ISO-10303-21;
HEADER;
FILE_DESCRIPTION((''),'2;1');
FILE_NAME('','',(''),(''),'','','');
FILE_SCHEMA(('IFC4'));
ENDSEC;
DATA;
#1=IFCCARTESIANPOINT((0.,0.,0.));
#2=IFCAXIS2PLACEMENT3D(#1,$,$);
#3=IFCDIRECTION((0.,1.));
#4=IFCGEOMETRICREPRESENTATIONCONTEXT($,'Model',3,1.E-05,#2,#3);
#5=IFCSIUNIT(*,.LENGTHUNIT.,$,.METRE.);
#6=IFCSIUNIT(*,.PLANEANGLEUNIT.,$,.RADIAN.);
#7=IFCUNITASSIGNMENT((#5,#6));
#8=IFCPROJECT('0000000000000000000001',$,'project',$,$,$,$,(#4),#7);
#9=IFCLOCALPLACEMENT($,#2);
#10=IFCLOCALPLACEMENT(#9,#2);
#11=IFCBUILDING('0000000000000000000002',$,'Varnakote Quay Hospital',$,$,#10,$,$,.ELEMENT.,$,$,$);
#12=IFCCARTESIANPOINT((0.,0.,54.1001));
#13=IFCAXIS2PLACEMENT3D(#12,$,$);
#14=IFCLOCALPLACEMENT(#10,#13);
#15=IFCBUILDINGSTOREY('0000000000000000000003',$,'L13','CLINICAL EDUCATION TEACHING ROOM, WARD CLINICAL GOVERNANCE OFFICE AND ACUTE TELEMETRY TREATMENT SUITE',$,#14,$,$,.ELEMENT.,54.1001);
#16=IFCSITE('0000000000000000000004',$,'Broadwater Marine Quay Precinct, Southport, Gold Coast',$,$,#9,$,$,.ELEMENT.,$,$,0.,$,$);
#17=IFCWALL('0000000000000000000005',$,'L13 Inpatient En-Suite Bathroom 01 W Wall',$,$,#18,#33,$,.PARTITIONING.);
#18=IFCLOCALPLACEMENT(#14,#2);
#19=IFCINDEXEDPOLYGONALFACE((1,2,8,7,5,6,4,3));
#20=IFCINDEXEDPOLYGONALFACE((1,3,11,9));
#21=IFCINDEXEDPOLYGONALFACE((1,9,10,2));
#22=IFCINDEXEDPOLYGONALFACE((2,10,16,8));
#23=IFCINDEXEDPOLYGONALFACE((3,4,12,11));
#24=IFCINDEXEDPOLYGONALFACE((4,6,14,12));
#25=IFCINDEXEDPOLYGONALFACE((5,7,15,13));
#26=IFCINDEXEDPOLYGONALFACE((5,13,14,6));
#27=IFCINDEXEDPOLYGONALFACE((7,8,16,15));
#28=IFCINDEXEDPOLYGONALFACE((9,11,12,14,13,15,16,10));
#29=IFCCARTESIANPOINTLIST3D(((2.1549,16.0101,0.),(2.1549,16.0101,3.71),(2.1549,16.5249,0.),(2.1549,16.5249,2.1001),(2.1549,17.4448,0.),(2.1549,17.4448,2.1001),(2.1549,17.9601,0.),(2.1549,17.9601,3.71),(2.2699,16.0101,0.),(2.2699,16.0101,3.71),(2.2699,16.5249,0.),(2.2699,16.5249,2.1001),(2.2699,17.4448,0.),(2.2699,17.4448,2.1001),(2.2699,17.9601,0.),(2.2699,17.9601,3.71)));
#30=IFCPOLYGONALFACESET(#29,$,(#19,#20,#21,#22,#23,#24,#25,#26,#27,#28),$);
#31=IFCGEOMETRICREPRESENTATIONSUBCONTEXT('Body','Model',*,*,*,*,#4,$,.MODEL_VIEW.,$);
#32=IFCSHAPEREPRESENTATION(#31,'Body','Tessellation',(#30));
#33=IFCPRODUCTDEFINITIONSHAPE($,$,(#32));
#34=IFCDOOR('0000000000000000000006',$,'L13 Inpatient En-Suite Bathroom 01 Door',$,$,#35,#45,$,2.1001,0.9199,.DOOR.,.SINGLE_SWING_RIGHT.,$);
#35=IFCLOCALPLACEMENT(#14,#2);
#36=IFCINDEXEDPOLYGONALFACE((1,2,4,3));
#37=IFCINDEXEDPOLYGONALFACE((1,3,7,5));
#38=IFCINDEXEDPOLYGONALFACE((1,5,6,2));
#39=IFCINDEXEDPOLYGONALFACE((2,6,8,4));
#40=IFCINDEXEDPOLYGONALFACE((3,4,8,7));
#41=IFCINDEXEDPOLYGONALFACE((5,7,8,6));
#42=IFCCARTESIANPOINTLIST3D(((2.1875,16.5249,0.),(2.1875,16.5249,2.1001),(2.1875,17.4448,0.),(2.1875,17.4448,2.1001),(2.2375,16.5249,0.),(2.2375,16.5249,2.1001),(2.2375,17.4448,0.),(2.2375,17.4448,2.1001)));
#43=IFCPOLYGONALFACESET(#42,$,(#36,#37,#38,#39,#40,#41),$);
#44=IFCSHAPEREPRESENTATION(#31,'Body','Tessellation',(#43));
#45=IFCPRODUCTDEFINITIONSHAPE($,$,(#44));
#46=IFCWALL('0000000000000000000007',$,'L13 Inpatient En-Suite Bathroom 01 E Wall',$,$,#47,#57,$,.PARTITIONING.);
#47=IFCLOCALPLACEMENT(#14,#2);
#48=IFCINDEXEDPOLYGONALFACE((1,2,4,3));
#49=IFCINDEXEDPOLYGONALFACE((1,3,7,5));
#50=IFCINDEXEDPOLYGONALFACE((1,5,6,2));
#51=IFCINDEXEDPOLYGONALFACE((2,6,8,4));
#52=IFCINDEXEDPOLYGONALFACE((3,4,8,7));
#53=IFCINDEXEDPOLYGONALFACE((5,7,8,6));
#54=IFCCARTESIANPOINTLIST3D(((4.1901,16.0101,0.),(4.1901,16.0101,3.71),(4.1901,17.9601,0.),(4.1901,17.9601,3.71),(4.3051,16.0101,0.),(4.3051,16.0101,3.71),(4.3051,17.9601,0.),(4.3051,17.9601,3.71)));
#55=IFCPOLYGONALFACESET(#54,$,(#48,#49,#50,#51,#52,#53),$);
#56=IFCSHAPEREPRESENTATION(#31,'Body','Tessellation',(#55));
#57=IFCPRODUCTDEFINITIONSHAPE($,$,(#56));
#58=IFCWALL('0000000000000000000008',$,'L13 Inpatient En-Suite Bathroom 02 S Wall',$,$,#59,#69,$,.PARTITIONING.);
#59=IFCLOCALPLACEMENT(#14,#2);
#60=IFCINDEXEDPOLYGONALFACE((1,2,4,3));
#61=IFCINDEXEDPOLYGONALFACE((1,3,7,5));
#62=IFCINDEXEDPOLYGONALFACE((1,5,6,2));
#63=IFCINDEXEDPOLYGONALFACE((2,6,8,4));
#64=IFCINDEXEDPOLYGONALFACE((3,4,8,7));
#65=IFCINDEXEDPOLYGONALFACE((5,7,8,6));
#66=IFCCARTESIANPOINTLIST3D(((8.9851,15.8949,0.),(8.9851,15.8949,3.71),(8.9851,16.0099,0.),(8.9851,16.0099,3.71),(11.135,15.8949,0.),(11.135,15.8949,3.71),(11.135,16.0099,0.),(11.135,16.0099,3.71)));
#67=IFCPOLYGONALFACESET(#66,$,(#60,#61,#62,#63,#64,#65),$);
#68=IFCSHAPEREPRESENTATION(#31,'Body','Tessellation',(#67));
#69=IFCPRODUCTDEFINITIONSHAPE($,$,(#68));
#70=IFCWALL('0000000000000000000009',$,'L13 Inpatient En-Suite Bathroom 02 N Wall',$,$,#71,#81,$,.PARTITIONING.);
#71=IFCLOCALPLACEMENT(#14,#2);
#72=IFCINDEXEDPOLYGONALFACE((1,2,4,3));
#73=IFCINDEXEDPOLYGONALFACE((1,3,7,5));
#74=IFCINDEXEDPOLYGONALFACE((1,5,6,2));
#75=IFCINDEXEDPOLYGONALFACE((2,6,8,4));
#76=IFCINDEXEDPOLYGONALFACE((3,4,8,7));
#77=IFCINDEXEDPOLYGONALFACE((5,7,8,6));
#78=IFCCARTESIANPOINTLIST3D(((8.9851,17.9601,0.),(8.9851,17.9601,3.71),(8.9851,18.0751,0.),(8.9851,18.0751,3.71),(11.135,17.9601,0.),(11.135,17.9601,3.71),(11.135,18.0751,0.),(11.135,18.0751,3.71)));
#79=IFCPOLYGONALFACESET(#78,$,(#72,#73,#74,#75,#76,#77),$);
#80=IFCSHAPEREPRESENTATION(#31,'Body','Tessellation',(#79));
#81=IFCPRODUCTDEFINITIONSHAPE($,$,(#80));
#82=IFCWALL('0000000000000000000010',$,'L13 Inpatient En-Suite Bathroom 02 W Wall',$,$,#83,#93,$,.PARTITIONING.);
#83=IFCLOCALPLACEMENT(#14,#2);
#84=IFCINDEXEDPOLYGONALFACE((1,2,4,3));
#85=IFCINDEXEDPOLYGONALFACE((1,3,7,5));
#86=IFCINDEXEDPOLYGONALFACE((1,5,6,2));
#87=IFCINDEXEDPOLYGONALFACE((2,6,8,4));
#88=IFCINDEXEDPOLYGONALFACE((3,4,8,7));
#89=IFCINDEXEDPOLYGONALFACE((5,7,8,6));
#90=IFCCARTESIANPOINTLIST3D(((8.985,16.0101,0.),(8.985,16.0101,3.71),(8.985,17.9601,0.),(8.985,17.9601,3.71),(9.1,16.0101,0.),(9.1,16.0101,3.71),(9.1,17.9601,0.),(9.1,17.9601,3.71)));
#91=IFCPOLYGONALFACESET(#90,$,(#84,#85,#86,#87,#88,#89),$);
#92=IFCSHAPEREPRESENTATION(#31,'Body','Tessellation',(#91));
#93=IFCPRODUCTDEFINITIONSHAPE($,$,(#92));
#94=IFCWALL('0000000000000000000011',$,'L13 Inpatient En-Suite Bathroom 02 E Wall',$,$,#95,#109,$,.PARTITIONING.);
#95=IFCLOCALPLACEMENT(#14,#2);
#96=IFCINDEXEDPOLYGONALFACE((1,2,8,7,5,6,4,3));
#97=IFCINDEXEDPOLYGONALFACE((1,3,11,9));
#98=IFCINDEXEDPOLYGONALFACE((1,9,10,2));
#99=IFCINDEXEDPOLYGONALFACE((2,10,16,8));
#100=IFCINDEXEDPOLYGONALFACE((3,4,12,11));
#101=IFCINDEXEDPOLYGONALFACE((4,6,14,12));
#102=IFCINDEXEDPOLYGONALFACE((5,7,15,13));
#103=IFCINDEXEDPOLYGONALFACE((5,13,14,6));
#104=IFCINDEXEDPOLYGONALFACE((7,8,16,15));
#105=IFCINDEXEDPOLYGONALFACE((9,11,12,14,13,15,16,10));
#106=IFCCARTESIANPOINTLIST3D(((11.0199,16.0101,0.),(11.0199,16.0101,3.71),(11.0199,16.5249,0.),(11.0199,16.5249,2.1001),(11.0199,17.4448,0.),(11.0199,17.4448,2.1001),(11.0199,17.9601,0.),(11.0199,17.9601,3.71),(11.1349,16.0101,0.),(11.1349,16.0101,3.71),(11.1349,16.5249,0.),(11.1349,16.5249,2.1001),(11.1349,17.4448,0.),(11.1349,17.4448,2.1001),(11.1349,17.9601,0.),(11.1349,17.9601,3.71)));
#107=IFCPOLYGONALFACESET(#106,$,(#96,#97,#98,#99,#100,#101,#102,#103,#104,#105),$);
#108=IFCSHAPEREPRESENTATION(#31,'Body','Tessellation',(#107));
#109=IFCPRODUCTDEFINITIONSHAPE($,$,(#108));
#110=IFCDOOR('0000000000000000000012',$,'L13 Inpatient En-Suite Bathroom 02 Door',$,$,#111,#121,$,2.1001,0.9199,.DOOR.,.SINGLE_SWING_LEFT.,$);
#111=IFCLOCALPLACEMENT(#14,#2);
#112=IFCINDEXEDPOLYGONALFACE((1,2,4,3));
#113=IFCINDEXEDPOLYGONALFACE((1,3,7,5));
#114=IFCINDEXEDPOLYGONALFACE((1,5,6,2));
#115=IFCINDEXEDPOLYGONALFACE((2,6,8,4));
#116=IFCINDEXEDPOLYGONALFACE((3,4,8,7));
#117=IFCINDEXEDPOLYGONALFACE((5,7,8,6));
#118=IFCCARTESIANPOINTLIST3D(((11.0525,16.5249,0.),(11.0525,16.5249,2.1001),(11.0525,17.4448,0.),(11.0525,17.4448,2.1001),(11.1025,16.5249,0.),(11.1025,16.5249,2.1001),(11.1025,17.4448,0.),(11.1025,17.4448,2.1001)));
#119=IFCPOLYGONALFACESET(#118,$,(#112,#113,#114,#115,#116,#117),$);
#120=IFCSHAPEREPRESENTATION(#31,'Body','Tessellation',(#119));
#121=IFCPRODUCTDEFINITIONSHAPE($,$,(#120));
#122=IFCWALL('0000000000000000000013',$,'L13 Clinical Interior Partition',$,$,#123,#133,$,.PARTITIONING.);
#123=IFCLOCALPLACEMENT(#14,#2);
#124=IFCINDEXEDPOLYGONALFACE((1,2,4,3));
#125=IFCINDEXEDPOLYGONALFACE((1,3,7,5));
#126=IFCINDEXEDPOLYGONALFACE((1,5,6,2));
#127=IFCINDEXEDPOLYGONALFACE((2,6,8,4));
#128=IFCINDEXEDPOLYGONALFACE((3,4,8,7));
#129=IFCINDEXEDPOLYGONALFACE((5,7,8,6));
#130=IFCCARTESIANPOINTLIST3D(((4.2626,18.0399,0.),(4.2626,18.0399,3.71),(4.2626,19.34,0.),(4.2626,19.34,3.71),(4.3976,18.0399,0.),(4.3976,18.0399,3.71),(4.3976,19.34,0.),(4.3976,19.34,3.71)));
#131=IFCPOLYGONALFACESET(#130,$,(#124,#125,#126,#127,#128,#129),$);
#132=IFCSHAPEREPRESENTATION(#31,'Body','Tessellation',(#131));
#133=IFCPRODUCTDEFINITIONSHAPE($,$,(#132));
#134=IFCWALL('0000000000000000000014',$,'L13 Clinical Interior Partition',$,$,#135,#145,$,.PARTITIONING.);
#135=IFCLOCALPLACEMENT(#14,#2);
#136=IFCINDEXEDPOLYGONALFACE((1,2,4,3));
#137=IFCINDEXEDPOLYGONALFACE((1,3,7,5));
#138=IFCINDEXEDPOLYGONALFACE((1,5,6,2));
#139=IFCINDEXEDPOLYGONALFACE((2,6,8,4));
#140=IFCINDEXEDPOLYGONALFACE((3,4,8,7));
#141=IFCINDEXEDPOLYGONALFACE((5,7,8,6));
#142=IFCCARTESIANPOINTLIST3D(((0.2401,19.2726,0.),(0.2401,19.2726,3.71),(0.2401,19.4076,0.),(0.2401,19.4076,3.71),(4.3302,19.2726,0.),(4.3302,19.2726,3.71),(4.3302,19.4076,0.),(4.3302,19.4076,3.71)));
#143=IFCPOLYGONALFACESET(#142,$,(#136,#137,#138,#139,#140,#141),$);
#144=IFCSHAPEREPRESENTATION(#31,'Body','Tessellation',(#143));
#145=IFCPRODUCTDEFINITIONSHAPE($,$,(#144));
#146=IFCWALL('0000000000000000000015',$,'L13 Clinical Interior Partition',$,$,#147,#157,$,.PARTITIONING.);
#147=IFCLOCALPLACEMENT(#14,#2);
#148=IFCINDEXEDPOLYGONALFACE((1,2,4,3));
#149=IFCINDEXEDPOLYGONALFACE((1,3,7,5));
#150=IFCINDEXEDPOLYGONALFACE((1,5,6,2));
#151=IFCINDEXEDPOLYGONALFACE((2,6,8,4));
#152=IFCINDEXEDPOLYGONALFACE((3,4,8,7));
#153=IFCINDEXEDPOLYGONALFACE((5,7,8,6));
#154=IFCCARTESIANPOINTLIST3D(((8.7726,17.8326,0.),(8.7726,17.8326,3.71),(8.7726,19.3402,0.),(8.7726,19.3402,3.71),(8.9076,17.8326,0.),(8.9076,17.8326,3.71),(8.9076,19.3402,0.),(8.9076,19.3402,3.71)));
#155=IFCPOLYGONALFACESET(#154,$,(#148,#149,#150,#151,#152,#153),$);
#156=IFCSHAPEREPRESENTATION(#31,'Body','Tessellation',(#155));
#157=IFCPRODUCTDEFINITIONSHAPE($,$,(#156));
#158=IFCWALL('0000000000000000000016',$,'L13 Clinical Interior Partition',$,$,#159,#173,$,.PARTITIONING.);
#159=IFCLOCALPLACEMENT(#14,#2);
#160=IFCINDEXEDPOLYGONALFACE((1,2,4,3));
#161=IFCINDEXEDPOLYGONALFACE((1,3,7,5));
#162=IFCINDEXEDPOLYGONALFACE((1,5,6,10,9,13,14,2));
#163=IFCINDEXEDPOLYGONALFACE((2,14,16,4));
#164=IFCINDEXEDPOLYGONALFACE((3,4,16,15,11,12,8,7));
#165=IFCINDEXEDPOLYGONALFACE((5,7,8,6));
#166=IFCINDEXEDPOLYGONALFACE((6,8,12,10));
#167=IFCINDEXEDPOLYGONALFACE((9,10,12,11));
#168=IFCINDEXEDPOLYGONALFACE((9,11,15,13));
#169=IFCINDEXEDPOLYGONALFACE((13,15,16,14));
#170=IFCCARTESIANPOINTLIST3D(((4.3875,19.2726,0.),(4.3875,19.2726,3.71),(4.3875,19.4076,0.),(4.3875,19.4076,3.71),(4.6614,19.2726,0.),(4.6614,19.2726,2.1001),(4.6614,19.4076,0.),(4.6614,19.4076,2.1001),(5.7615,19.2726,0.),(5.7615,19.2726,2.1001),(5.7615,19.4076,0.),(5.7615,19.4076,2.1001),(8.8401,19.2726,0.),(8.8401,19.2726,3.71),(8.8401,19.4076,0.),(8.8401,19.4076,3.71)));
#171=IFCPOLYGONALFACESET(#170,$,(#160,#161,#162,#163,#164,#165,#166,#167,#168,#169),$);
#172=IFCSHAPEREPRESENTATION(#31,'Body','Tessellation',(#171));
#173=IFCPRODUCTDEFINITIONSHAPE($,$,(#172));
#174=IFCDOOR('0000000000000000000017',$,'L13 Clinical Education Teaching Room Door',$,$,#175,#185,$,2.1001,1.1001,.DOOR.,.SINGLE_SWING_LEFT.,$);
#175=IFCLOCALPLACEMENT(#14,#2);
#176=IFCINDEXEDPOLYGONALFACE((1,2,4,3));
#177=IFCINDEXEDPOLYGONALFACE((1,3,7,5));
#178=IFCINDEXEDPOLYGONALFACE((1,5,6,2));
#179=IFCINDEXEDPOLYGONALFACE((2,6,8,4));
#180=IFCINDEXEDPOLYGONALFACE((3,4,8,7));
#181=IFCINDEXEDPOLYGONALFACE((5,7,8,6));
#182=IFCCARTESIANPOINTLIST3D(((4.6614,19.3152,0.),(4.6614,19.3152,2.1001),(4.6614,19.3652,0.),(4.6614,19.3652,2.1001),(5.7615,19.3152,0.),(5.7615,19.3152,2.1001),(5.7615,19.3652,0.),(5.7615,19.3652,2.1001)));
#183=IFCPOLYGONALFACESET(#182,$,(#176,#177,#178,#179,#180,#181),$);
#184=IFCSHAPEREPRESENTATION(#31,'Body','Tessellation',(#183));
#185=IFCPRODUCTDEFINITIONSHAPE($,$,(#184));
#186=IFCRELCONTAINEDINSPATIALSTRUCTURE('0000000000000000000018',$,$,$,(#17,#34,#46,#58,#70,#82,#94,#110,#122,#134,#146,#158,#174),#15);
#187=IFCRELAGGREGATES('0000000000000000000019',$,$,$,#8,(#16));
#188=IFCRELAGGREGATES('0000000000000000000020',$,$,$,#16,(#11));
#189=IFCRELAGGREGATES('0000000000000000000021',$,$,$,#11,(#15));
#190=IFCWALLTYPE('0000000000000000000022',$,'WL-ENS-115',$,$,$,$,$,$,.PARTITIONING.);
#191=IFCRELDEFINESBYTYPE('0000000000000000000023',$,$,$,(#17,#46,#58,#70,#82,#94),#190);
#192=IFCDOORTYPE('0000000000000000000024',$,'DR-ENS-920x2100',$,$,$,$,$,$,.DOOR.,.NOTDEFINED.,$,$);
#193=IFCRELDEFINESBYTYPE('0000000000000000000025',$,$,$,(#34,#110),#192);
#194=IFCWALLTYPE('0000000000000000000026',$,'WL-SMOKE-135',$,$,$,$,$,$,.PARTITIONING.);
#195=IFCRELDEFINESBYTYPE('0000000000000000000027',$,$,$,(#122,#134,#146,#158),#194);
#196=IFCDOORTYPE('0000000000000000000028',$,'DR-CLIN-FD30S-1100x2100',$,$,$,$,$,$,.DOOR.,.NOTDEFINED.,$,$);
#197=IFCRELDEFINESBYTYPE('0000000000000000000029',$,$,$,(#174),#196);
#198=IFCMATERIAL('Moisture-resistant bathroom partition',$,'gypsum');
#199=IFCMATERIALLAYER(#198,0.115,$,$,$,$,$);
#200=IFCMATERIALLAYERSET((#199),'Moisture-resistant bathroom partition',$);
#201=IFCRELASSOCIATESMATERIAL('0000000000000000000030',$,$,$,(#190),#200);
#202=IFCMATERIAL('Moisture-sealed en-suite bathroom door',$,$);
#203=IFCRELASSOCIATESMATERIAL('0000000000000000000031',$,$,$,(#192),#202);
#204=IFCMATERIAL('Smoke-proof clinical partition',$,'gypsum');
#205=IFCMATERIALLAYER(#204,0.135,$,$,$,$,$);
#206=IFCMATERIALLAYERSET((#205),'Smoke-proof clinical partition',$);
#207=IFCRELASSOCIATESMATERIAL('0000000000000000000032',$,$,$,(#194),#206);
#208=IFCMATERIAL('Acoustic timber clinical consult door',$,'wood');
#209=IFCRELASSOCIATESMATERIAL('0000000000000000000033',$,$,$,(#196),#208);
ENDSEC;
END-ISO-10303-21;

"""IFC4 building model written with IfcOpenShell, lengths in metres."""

from ifc_helpers import new_model, si_unit, direction, frame, frame_2d, origin, place, context, subcontext, project, spatial, rectangle, extrude, material, layer, layer_set, type_object, element, fill, save


model = new_model("IFC4")

# Units and contexts
model_context = context("Model", 3, precision=1e-05, world=origin(), true_north=direction((0.0, 1.0)))
body_context = subcontext(model_context, "Body", "Model", "MODEL_VIEW")
ifc_project = project(units=[si_unit("LENGTHUNIT", "METRE"), si_unit("PLANEANGLEUNIT", "RADIAN")], contexts=[model_context])

# Site, building, storey
site_placement = place(None, origin())
site = spatial("IfcSite", under=ifc_project, at=site_placement, Name="Broadwater Marine Quay Precinct, Southport, Gold Coast", CompositionType="ELEMENT", RefElevation=0.0)
building_placement = place(site_placement, origin())
building = spatial("IfcBuilding", under=site, at=building_placement, Name="Varnakote Quay Hospital", CompositionType="ELEMENT")
storey_placement = place(building_placement, frame((0.0, 0.0, 54.1001)))
storey = spatial("IfcBuildingStorey", under=building, at=storey_placement, Name="L13", Description="CLINICAL EDUCATION TEACHING ROOM, WARD CLINICAL GOVERNANCE OFFICE AND ACUTE TELEMETRY TREATMENT SUITE", CompositionType="ELEMENT", Elevation=54.1001)

# Shared definitions
ifc_material_1 = material(Name="Moisture-resistant bathroom partition", Category="gypsum")
ifc_layer_1 = layer(ifc_material_1, 0.115)
ifc_layer_set_1 = layer_set([ifc_layer_1], Name="Moisture-resistant bathroom partition")
wall_type_1 = type_object("IfcWallType", Name="WL-ENS-115", PredefinedType="PARTITIONING", material=ifc_layer_set_1)

# Wall, opening, door
wall_1_placement = place(storey_placement, frame((2.2124, 16.01, 0.0), z_axis=(0.0, 0.0, 1.0), x_axis=(0.0, 1.0, 0.0)))
wall_1 = element("IfcWall", 1, at=wall_1_placement, inside=storey, type_object=wall_type_1, Name="L13 Inpatient En-Suite Bathroom 01 W Wall", PredefinedType="PARTITIONING", context=body_context, shape_type="SweptSolid", body=[
    extrude(rectangle(XDim=1.95, YDim=0.115, at=frame_2d((0.9751, 0.0))), origin(), (0.0, 0.0, 1.0), 3.71),
])
opening_1_placement = place(wall_1_placement, frame((0.5149, 0.0, 0.0)))
opening_1 = element("IfcOpeningElement", 2, at=opening_1_placement, cuts=wall_1, PredefinedType="OPENING", context=body_context, shape_type="SweptSolid", body=[
    extrude(rectangle(XDim=0.9199, YDim=2.1001, at=frame_2d((0.46, 1.05))), frame((0.0, 0.0674, 0.0), z_axis=(0.0, -1.0, 0.0), x_axis=(1.0, 0.0, 0.0)), (0.0, 0.0, 1.0), 0.135),
])
ifc_material_2 = material(Name="Moisture-sealed en-suite bathroom door")
door_type_1 = type_object("IfcDoorType", Name="DR-ENS-920x2100", OperationType="NOTDEFINED", PredefinedType="DOOR", material=ifc_material_2)
door_1_placement = place(opening_1_placement, origin())
door_1 = element("IfcDoor", 3, at=door_1_placement, inside=storey, type_object=door_type_1, Name="L13 Inpatient En-Suite Bathroom 01 Door", OperationType="SINGLE_SWING_RIGHT", OverallHeight=2.1001, OverallWidth=0.9199, PredefinedType="DOOR", context=body_context, shape_type="SweptSolid", body=[
    extrude(rectangle(XDim=0.9199, YDim=2.1001, at=frame_2d((0.46, 1.05))), frame((0.0, 0.0249, 0.0), z_axis=(0.0, -1.0, 0.0), x_axis=(1.0, 0.0, 0.0)), (0.0, 0.0, 1.0), 0.05),
])
fill(opening_1, door_1)

# Walls
wall_2_placement = place(storey_placement, frame((4.2476, 16.01, 0.0), z_axis=(0.0, 0.0, 1.0), x_axis=(0.0, 1.0, 0.0)))
element("IfcWall", 4, at=wall_2_placement, inside=storey, type_object=wall_type_1, Name="L13 Inpatient En-Suite Bathroom 01 E Wall", PredefinedType="PARTITIONING", context=body_context, shape_type="SweptSolid", body=[
    extrude(rectangle(XDim=1.95, YDim=0.115, at=frame_2d((0.9751, 0.0))), origin(), (0.0, 0.0, 1.0), 3.71),
])
for number, where, z_axis, x_axis, name in (
    (5, (8.9851, 15.9524, 0.0), (0.0, 0.0, 1.0), (1.0, 0.0, 0.0), "L13 Inpatient En-Suite Bathroom 02 S Wall"),
    (6, (8.9851, 18.0176, 0.0), (0.0, 0.0, 1.0), (1.0, 0.0, 0.0), "L13 Inpatient En-Suite Bathroom 02 N Wall"),
):
    element("IfcWall", number, at=place(storey_placement, frame(where, z_axis=z_axis, x_axis=x_axis)), inside=storey, type_object=wall_type_1, Name=name, PredefinedType="PARTITIONING", context=body_context, shape_type="SweptSolid", body=[
        extrude(rectangle(XDim=2.1499, YDim=0.115, at=frame_2d((1.075, 0.0))), origin(), (0.0, 0.0, 1.0), 3.71),
    ])
wall_3_placement = place(storey_placement, frame((9.0425, 16.01, 0.0), z_axis=(0.0, 0.0, 1.0), x_axis=(0.0, 1.0, 0.0)))
element("IfcWall", 7, at=wall_3_placement, inside=storey, type_object=wall_type_1, Name="L13 Inpatient En-Suite Bathroom 02 W Wall", PredefinedType="PARTITIONING", context=body_context, shape_type="SweptSolid", body=[
    extrude(rectangle(XDim=1.95, YDim=0.115, at=frame_2d((0.9751, 0.0))), origin(), (0.0, 0.0, 1.0), 3.71),
])

# Wall, opening, door
wall_4_placement = place(storey_placement, frame((11.0774, 16.01, 0.0), z_axis=(0.0, 0.0, 1.0), x_axis=(0.0, 1.0, 0.0)))
wall_4 = element("IfcWall", 8, at=wall_4_placement, inside=storey, type_object=wall_type_1, Name="L13 Inpatient En-Suite Bathroom 02 E Wall", PredefinedType="PARTITIONING", context=body_context, shape_type="SweptSolid", body=[
    extrude(rectangle(XDim=1.95, YDim=0.115, at=frame_2d((0.9751, 0.0))), origin(), (0.0, 0.0, 1.0), 3.71),
])
opening_2_placement = place(wall_4_placement, frame((0.5149, 0.0, 0.0)))
opening_2 = element("IfcOpeningElement", 9, at=opening_2_placement, cuts=wall_4, PredefinedType="OPENING", context=body_context, shape_type="SweptSolid", body=[
    extrude(rectangle(XDim=0.9199, YDim=2.1001, at=frame_2d((0.46, 1.05))), frame((0.0, 0.0674, 0.0), z_axis=(0.0, -1.0, 0.0), x_axis=(1.0, 0.0, 0.0)), (0.0, 0.0, 1.0), 0.135),
])
door_2_placement = place(opening_2_placement, origin())
door_2 = element("IfcDoor", 10, at=door_2_placement, inside=storey, type_object=door_type_1, Name="L13 Inpatient En-Suite Bathroom 02 Door", OperationType="SINGLE_SWING_LEFT", OverallHeight=2.1001, OverallWidth=0.9199, PredefinedType="DOOR", context=body_context, shape_type="SweptSolid", body=[
    extrude(rectangle(XDim=0.9199, YDim=2.1001, at=frame_2d((0.46, 1.05))), frame((0.0, 0.0249, 0.0), z_axis=(0.0, -1.0, 0.0), x_axis=(1.0, 0.0, 0.0)), (0.0, 0.0, 1.0), 0.05),
])
fill(opening_2, door_2)

# Walls
ifc_material_3 = material(Name="Smoke-proof clinical partition", Category="gypsum")
ifc_layer_2 = layer(ifc_material_3, 0.135)
ifc_layer_set_2 = layer_set([ifc_layer_2], Name="Smoke-proof clinical partition")
wall_type_2 = type_object("IfcWallType", Name="WL-SMOKE-135", PredefinedType="PARTITIONING", material=ifc_layer_set_2)
wall_5_placement = place(storey_placement, frame((4.3301, 18.04, 0.0), z_axis=(0.0, 0.0, 1.0), x_axis=(0.0, 1.0, 0.0)))
element("IfcWall", 11, at=wall_5_placement, inside=storey, type_object=wall_type_2, Name="L13 Clinical Interior Partition", PredefinedType="PARTITIONING", context=body_context, shape_type="SweptSolid", body=[
    extrude(rectangle(XDim=1.3, YDim=0.135, at=frame_2d((0.6499, 0.0))), origin(), (0.0, 0.0, 1.0), 3.71),
])
wall_6_placement = place(storey_placement, frame((4.3301, 19.3401, 0.0), z_axis=(0.0, 0.0, 1.0), x_axis=(-1.0, 0.0, 0.0)))
element("IfcWall", 12, at=wall_6_placement, inside=storey, type_object=wall_type_2, Name="L13 Clinical Interior Partition", PredefinedType="PARTITIONING", context=body_context, shape_type="SweptSolid", body=[
    extrude(rectangle(XDim=4.0901, YDim=0.135, at=frame_2d((2.0449, 0.0))), origin(), (0.0, 0.0, 1.0), 3.71),
])
wall_7_placement = place(storey_placement, frame((8.8401, 17.8325, 0.0), z_axis=(0.0, 0.0, 1.0), x_axis=(0.0, 1.0, 0.0)))
element("IfcWall", 13, at=wall_7_placement, inside=storey, type_object=wall_type_2, Name="L13 Clinical Interior Partition", PredefinedType="PARTITIONING", context=body_context, shape_type="SweptSolid", body=[
    extrude(rectangle(XDim=1.5076, YDim=0.135, at=frame_2d((0.7539, 0.0))), origin(), (0.0, 0.0, 1.0), 3.71),
])

# Wall, opening, door
wall_8_placement = place(storey_placement, frame((8.8401, 19.3401, 0.0), z_axis=(0.0, 0.0, 1.0), x_axis=(-1.0, 0.0, 0.0)))
wall_8 = element("IfcWall", 14, at=wall_8_placement, inside=storey, type_object=wall_type_2, Name="L13 Clinical Interior Partition", PredefinedType="PARTITIONING", context=body_context, shape_type="SweptSolid", body=[
    extrude(rectangle(XDim=4.4526, YDim=0.135, at=frame_2d((2.2263, 0.0))), origin(), (0.0, 0.0, 1.0), 3.71),
])
opening_3_placement = place(wall_8_placement, frame((3.0786, 0.0, 0.0)))
opening_3 = element("IfcOpeningElement", 15, at=opening_3_placement, cuts=wall_8, PredefinedType="OPENING", context=body_context, shape_type="SweptSolid", body=[
    extrude(rectangle(XDim=1.1001, YDim=2.1001, at=frame_2d((0.55, 1.05))), frame((0.0, 0.0774, 0.0), z_axis=(0.0, -1.0, 0.0), x_axis=(1.0, 0.0, 0.0)), (0.0, 0.0, 1.0), 0.155),
])
ifc_material_4 = material(Name="Acoustic timber clinical consult door", Category="wood")
door_type_2 = type_object("IfcDoorType", Name="DR-CLIN-FD30S-1100x2100", OperationType="NOTDEFINED", PredefinedType="DOOR", material=ifc_material_4)
door_3_placement = place(opening_3_placement, origin())
door_3 = element("IfcDoor", 16, at=door_3_placement, inside=storey, type_object=door_type_2, Name="L13 Clinical Education Teaching Room Door", OperationType="SINGLE_SWING_LEFT", OverallHeight=2.1001, OverallWidth=1.1001, PredefinedType="DOOR", context=body_context, shape_type="SweptSolid", body=[
    extrude(rectangle(XDim=1.1001, YDim=2.1001, at=frame_2d((0.55, 1.05))), frame((0.0, 0.0249, 0.0), z_axis=(0.0, -1.0, 0.0), x_axis=(1.0, 0.0, 0.0)), (0.0, 0.0, 1.0), 0.05),
])
fill(opening_3, door_3)

save(model, "model.ifc")
